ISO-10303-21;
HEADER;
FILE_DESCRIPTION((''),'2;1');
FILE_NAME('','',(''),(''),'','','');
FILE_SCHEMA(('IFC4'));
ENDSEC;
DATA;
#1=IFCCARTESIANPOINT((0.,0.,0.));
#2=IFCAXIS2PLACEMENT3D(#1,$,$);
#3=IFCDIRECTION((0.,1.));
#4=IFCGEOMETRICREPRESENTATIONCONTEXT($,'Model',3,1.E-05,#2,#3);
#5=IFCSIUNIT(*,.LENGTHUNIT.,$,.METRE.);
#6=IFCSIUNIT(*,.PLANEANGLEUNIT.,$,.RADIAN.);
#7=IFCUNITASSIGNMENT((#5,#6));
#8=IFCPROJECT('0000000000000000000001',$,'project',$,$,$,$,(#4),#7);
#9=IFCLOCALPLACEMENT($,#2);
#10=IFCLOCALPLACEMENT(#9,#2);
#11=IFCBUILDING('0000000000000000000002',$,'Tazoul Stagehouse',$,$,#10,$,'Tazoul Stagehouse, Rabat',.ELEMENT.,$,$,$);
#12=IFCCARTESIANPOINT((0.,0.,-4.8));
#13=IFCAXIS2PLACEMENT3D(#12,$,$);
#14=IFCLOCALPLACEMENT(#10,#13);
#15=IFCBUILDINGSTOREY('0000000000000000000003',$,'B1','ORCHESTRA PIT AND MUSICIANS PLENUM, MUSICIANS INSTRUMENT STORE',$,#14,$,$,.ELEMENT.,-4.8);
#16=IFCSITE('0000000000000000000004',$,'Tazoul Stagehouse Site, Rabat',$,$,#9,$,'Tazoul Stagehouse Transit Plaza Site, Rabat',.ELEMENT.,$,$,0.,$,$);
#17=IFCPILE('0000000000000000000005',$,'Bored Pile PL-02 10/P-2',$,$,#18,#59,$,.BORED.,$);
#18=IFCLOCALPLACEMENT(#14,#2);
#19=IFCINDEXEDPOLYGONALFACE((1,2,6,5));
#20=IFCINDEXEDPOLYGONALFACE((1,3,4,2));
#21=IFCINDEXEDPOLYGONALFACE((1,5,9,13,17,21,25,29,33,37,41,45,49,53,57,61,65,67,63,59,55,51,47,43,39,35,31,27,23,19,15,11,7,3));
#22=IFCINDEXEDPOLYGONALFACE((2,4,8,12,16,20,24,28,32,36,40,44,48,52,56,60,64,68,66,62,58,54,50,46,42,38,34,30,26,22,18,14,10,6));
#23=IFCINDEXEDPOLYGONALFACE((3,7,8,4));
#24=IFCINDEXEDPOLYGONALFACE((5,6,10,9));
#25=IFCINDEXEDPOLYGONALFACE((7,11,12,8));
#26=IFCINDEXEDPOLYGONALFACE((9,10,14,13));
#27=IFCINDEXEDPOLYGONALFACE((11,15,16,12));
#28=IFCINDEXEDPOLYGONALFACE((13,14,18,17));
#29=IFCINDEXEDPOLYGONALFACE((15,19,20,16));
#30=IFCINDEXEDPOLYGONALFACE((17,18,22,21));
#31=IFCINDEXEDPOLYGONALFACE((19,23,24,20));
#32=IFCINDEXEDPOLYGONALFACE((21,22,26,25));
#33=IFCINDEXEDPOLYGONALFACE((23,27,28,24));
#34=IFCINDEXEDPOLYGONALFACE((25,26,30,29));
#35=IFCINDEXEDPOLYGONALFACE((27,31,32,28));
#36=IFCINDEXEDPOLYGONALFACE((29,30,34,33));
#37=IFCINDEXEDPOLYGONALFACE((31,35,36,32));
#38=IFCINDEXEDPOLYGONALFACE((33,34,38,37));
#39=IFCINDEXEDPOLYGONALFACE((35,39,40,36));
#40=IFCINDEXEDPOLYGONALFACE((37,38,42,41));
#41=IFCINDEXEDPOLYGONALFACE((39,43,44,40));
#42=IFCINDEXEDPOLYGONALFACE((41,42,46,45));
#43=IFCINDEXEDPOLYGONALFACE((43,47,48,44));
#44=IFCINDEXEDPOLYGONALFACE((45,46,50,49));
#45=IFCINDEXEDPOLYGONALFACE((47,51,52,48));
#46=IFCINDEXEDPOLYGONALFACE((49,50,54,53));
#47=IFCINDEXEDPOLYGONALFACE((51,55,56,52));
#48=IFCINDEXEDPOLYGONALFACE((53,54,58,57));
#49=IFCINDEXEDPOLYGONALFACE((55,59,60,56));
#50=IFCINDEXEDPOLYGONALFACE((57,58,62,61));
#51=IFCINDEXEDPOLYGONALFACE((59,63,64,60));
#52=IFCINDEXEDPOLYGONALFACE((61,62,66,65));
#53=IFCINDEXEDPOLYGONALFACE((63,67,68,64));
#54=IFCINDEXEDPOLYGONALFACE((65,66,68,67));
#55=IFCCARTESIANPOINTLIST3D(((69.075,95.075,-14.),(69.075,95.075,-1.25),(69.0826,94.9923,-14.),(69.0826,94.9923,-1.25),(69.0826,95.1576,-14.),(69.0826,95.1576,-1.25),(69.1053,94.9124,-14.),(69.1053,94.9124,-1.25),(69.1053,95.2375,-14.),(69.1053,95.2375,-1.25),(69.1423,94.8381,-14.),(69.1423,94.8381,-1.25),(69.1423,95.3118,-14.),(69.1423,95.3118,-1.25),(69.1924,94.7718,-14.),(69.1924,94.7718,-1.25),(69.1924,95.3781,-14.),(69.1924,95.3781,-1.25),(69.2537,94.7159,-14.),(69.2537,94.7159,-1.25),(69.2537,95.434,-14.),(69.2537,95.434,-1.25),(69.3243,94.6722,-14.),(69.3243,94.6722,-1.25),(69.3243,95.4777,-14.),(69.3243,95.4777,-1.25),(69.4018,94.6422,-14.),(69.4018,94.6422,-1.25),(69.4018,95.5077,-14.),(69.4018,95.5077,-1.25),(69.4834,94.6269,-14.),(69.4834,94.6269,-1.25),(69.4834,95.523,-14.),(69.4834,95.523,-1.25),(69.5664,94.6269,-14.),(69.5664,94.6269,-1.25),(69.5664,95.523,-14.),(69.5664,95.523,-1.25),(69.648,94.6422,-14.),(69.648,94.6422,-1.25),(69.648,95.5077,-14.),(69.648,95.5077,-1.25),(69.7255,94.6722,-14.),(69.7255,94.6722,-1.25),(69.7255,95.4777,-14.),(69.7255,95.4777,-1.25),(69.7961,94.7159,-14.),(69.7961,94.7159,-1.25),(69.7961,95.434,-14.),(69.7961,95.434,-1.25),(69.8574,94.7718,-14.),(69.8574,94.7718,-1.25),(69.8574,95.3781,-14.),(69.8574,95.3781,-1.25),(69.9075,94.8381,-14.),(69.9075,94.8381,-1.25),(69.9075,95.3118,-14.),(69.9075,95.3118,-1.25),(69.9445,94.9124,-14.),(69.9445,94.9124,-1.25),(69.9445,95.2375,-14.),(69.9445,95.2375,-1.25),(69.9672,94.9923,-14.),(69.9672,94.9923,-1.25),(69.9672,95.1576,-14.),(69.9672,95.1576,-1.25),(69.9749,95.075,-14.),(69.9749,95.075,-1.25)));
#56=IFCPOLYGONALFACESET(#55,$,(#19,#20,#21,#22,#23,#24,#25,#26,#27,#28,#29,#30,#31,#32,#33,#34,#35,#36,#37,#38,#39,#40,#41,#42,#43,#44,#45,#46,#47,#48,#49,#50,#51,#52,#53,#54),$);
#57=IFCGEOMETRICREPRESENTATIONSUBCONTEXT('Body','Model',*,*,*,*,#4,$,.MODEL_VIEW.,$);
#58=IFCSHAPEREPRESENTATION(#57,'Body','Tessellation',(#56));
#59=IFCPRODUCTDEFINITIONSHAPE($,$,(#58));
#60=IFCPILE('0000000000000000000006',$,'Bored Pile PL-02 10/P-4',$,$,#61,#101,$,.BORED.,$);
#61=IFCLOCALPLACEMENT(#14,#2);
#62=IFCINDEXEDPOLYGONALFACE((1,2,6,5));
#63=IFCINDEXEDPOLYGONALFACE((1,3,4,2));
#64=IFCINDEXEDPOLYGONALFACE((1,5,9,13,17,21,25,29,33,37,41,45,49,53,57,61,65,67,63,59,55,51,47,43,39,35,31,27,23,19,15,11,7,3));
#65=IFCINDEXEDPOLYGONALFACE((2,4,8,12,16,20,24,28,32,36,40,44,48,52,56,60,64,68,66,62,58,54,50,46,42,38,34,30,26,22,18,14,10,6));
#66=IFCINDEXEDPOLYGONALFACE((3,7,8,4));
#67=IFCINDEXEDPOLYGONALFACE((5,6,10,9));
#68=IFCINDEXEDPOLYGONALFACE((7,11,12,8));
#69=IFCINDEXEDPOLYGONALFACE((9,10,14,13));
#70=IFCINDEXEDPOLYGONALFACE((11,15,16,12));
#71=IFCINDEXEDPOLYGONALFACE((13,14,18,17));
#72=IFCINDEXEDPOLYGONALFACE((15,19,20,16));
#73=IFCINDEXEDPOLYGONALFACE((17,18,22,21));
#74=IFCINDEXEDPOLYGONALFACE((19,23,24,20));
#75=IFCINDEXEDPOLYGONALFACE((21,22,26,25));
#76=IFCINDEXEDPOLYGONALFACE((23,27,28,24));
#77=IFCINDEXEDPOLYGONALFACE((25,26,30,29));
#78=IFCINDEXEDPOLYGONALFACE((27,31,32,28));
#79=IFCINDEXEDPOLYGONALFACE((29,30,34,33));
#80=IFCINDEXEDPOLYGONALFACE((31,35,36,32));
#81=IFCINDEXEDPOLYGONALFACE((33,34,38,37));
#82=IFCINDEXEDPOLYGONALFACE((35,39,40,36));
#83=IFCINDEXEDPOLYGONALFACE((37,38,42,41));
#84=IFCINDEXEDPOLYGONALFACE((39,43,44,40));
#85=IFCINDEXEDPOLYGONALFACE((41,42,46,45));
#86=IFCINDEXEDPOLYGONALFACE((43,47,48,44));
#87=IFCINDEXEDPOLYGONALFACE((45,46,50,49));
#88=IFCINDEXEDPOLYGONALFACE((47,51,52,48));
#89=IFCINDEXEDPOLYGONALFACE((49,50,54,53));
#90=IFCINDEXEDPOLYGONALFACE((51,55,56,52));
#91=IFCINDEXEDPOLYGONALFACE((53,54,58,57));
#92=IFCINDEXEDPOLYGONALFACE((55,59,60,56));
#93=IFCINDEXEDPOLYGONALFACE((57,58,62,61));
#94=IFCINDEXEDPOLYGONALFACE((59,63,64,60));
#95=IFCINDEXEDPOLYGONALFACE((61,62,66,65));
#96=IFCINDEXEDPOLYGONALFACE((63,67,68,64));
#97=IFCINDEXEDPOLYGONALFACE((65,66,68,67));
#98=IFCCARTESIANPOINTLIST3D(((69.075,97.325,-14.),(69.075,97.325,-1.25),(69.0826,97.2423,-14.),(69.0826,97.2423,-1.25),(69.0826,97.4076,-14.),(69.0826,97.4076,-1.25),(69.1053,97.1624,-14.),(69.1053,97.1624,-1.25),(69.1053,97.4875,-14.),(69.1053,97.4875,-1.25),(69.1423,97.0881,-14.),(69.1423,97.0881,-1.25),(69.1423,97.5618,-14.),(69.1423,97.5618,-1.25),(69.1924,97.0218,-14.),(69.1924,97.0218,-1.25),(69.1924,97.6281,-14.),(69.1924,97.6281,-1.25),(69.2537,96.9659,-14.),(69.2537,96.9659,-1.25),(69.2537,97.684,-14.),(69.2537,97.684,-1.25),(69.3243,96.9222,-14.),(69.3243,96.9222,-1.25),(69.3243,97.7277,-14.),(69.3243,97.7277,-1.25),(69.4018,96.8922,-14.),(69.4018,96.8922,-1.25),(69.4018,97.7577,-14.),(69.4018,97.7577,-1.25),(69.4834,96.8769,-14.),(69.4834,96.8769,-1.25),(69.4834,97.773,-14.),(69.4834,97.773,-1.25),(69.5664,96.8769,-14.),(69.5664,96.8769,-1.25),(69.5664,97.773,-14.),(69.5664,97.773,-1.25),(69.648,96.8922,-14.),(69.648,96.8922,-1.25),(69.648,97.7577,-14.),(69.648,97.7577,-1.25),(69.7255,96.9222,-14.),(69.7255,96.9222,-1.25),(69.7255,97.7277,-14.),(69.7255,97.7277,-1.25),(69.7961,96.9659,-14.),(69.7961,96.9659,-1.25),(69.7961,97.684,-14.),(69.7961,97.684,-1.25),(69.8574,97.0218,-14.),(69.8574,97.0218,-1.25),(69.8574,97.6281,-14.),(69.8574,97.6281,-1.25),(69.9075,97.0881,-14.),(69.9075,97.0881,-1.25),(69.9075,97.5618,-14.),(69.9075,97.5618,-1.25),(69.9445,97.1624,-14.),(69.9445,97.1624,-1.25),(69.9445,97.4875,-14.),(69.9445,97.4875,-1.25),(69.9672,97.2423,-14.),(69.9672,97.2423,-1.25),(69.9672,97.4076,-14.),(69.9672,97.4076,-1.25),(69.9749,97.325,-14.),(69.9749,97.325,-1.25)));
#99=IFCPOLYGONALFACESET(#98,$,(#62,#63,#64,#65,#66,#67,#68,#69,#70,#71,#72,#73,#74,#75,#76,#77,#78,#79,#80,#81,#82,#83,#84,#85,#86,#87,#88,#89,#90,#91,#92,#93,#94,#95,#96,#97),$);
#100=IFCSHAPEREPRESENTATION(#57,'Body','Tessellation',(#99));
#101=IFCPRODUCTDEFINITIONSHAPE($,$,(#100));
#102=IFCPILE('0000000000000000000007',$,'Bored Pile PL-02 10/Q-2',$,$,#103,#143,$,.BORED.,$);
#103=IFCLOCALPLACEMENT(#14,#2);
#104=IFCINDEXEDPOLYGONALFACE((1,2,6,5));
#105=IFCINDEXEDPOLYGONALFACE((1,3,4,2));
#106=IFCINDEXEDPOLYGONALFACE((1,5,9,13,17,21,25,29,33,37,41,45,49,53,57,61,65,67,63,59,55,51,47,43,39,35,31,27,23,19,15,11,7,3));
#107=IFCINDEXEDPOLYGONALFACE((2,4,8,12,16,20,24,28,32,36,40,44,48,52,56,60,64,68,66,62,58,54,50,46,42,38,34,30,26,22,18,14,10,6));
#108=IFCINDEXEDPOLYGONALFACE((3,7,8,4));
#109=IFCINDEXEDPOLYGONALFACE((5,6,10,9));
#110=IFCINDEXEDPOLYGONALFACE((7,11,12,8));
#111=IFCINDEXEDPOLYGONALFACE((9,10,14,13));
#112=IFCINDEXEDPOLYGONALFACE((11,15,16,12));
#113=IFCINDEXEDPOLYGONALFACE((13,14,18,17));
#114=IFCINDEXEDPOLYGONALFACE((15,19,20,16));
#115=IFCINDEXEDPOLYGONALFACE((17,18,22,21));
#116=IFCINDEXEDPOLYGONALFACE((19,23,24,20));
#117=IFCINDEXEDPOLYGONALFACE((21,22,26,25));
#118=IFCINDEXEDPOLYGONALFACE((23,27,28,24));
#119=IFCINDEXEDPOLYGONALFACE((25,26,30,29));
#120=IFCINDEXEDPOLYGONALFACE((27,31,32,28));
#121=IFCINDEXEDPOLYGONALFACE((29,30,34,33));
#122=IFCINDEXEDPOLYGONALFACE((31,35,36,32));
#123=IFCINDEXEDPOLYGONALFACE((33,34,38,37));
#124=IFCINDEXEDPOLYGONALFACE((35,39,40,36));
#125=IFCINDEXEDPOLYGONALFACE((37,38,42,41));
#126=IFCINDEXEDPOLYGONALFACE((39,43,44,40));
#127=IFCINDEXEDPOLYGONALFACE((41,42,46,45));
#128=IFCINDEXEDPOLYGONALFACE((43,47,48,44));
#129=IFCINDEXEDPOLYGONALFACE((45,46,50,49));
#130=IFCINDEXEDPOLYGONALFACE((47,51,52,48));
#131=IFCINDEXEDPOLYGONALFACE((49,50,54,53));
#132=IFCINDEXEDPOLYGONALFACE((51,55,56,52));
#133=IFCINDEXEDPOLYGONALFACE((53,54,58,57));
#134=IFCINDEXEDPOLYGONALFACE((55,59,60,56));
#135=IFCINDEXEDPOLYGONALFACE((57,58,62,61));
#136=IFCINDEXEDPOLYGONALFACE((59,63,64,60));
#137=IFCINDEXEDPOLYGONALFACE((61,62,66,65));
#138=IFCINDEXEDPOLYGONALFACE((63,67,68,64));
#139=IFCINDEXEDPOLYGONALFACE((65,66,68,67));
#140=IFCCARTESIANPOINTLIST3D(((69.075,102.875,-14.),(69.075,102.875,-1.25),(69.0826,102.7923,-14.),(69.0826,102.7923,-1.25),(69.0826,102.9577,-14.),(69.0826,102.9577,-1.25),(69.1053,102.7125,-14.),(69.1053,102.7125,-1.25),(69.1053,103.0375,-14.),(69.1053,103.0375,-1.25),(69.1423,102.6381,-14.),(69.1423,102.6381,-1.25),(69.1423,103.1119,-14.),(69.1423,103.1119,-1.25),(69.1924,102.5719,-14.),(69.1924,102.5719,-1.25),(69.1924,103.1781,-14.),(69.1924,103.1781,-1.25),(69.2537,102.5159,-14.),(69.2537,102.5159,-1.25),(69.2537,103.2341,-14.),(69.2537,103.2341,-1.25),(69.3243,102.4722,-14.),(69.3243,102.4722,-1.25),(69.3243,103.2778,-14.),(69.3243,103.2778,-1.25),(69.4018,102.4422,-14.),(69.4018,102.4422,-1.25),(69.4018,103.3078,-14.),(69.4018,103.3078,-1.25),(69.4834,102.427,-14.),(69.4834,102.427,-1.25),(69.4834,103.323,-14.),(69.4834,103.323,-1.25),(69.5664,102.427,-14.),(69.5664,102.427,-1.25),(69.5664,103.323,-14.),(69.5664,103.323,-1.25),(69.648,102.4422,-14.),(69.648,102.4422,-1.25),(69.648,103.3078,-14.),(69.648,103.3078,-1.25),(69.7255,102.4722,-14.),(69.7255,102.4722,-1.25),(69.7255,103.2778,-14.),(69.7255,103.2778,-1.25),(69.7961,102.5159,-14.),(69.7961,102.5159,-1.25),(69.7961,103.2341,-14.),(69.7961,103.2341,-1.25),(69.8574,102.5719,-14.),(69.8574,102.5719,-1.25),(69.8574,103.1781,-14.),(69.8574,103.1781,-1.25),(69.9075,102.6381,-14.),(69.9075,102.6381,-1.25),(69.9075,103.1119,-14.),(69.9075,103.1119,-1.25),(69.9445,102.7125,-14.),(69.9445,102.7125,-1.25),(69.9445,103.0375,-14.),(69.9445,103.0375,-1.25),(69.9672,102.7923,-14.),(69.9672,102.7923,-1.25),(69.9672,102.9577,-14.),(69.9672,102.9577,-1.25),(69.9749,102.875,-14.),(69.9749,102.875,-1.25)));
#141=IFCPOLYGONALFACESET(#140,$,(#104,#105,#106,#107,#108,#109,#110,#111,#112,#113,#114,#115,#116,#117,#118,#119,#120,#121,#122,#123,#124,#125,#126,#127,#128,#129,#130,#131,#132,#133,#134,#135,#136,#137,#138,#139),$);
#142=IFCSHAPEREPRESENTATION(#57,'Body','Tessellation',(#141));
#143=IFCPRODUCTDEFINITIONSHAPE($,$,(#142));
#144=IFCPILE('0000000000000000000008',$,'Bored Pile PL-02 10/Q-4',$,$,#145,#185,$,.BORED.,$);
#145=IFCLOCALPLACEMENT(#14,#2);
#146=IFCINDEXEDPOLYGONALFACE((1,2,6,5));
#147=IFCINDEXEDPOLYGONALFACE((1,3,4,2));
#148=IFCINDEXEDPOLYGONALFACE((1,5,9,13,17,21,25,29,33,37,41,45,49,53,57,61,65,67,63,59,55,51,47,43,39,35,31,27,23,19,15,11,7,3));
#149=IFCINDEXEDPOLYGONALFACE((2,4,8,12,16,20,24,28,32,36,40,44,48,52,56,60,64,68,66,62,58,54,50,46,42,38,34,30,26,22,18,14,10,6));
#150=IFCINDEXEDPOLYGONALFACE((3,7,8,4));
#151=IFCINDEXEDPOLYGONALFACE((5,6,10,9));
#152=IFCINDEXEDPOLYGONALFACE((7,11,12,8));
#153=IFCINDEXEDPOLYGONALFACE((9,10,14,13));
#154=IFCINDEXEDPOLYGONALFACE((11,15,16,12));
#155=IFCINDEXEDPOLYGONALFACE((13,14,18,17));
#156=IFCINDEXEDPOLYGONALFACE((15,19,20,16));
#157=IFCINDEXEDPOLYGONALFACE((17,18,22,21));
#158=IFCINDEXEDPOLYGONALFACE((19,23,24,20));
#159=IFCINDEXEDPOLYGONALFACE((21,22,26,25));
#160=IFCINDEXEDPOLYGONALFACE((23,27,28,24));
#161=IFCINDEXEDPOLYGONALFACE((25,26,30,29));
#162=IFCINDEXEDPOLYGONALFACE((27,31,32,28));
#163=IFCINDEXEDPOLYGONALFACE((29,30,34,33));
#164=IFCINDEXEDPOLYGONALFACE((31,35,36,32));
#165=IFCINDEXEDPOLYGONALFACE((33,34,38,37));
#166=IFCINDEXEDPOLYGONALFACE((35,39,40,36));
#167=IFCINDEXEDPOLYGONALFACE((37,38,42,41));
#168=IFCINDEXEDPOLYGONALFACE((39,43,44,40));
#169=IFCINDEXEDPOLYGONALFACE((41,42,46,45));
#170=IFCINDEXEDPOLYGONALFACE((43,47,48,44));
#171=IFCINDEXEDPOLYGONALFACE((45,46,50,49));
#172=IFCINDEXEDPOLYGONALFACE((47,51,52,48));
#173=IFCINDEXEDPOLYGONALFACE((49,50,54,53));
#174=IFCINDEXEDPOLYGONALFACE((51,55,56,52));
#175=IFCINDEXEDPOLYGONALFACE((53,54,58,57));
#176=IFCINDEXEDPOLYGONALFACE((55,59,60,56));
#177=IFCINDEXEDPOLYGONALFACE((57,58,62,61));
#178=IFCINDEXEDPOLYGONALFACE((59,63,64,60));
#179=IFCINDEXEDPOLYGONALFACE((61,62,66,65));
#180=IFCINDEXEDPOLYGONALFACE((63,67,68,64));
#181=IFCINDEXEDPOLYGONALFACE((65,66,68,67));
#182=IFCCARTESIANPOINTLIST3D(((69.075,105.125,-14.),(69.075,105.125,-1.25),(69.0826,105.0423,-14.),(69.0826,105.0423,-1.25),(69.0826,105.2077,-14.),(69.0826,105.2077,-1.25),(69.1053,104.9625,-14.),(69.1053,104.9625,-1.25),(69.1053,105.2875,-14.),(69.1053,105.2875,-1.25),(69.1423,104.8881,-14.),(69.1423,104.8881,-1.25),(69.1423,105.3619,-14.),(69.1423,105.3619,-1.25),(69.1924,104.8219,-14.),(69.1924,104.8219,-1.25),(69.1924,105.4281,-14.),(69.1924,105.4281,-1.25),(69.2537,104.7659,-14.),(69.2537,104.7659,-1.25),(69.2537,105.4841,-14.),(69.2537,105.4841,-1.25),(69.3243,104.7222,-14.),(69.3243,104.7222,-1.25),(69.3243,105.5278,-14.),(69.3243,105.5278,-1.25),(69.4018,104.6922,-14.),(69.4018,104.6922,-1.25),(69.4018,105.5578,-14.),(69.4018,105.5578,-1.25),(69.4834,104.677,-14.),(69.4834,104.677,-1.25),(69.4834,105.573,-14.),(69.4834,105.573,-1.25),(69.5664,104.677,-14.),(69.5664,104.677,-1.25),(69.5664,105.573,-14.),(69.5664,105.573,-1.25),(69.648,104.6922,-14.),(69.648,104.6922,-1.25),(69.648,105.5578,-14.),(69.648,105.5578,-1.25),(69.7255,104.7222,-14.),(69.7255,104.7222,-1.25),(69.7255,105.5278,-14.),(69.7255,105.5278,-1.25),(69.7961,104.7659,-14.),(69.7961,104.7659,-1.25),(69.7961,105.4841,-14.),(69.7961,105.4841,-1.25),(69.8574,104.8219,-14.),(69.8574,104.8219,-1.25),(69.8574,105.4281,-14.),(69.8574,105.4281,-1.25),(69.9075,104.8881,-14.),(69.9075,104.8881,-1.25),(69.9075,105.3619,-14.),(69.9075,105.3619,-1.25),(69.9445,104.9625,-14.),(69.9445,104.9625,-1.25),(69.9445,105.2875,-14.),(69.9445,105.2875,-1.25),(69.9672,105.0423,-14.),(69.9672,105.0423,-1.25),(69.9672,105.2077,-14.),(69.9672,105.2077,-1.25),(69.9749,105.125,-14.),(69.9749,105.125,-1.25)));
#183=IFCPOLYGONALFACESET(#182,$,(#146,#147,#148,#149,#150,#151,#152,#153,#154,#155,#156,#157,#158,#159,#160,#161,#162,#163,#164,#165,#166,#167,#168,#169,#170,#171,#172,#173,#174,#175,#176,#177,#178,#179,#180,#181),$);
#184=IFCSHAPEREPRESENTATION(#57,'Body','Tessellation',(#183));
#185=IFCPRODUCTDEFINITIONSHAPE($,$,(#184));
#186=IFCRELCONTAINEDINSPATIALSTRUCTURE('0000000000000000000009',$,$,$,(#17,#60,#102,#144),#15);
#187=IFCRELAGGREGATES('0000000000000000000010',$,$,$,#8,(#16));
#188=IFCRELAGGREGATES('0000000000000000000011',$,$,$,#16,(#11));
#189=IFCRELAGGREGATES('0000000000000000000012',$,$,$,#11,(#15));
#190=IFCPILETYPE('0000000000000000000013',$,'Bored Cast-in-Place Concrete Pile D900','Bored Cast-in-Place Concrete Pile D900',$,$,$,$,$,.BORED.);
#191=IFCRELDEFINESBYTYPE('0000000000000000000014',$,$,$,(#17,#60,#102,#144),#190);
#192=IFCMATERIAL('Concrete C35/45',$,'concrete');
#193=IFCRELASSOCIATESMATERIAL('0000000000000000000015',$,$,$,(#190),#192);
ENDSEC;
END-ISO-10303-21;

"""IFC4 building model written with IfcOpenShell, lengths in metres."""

from ifc_helpers import new_model, si_unit, direction, frame, origin, origin_2d, place, context, subcontext, project, spatial, circle, extrude, material, material_profile, profile_set, type_object, element, save


model = new_model("IFC4")

# Units and contexts
model_context = context("Model", 3, precision=1e-05, world=origin(), true_north=direction((0.0, 1.0)))
body_context = subcontext(model_context, "Body", "Model", "MODEL_VIEW")
ifc_project = project(units=[si_unit("LENGTHUNIT", "METRE"), si_unit("PLANEANGLEUNIT", "RADIAN")], contexts=[model_context])

# Site, building, storey
site_placement = place(None, origin())
site = spatial("IfcSite", under=ifc_project, at=site_placement, Name="Tazoul Stagehouse Site, Rabat", LongName="Tazoul Stagehouse Transit Plaza Site, Rabat", CompositionType="ELEMENT", RefElevation=0.0)
building_placement = place(site_placement, origin())
building = spatial("IfcBuilding", under=site, at=building_placement, Name="Tazoul Stagehouse", LongName="Tazoul Stagehouse, Rabat", CompositionType="ELEMENT")
storey_placement = place(building_placement, frame((0.0, 0.0, -4.8)))
storey = spatial("IfcBuildingStorey", under=building, at=storey_placement, Name="B1", Description="ORCHESTRA PIT AND MUSICIANS PLENUM, MUSICIANS INSTRUMENT STORE", CompositionType="ELEMENT", Elevation=-4.8)

# Piles
ifc_material_1 = material(Name="Concrete C35/45", Category="concrete")
ifc_material_profile_1 = material_profile(ifc_material_1, circle(Radius=0.45, at=origin_2d()), Name="BORED PILE 900")
ifc_profile_set_1 = profile_set([ifc_material_profile_1], Name="Concrete C35/45")
pile_type = type_object("IfcPileType", Name="Bored Cast-in-Place Concrete Pile D900", Description="Bored Cast-in-Place Concrete Pile D900", PredefinedType="BORED", material=ifc_profile_set_1)
for number, where, z_axis, x_axis, name in (
    (1, (69.5249, 95.075, -1.25), (0.0, 0.0, -1.0), (1.0, 0.0, 0.0), "Bored Pile PL-02 10/P-2"),
    (2, (69.5249, 97.325, -1.25), (0.0, 0.0, -1.0), (1.0, 0.0, 0.0), "Bored Pile PL-02 10/P-4"),
    (3, (69.5249, 102.875, -1.25), (0.0, 0.0, -1.0), (1.0, 0.0, 0.0), "Bored Pile PL-02 10/Q-2"),
    (4, (69.5249, 105.125, -1.25), (0.0, 0.0, -1.0), (1.0, 0.0, 0.0), "Bored Pile PL-02 10/Q-4"),
):
    element("IfcPile", number, at=place(storey_placement, frame(where, z_axis=z_axis, x_axis=x_axis)), inside=storey, type_object=pile_type, Name=name, PredefinedType="BORED", context=body_context, shape_type="SweptSolid", body=[
        extrude(circle(Radius=0.45, at=origin_2d()), origin(), (0.0, 0.0, 1.0), 12.75),
    ])

save(model, "model.ifc")
